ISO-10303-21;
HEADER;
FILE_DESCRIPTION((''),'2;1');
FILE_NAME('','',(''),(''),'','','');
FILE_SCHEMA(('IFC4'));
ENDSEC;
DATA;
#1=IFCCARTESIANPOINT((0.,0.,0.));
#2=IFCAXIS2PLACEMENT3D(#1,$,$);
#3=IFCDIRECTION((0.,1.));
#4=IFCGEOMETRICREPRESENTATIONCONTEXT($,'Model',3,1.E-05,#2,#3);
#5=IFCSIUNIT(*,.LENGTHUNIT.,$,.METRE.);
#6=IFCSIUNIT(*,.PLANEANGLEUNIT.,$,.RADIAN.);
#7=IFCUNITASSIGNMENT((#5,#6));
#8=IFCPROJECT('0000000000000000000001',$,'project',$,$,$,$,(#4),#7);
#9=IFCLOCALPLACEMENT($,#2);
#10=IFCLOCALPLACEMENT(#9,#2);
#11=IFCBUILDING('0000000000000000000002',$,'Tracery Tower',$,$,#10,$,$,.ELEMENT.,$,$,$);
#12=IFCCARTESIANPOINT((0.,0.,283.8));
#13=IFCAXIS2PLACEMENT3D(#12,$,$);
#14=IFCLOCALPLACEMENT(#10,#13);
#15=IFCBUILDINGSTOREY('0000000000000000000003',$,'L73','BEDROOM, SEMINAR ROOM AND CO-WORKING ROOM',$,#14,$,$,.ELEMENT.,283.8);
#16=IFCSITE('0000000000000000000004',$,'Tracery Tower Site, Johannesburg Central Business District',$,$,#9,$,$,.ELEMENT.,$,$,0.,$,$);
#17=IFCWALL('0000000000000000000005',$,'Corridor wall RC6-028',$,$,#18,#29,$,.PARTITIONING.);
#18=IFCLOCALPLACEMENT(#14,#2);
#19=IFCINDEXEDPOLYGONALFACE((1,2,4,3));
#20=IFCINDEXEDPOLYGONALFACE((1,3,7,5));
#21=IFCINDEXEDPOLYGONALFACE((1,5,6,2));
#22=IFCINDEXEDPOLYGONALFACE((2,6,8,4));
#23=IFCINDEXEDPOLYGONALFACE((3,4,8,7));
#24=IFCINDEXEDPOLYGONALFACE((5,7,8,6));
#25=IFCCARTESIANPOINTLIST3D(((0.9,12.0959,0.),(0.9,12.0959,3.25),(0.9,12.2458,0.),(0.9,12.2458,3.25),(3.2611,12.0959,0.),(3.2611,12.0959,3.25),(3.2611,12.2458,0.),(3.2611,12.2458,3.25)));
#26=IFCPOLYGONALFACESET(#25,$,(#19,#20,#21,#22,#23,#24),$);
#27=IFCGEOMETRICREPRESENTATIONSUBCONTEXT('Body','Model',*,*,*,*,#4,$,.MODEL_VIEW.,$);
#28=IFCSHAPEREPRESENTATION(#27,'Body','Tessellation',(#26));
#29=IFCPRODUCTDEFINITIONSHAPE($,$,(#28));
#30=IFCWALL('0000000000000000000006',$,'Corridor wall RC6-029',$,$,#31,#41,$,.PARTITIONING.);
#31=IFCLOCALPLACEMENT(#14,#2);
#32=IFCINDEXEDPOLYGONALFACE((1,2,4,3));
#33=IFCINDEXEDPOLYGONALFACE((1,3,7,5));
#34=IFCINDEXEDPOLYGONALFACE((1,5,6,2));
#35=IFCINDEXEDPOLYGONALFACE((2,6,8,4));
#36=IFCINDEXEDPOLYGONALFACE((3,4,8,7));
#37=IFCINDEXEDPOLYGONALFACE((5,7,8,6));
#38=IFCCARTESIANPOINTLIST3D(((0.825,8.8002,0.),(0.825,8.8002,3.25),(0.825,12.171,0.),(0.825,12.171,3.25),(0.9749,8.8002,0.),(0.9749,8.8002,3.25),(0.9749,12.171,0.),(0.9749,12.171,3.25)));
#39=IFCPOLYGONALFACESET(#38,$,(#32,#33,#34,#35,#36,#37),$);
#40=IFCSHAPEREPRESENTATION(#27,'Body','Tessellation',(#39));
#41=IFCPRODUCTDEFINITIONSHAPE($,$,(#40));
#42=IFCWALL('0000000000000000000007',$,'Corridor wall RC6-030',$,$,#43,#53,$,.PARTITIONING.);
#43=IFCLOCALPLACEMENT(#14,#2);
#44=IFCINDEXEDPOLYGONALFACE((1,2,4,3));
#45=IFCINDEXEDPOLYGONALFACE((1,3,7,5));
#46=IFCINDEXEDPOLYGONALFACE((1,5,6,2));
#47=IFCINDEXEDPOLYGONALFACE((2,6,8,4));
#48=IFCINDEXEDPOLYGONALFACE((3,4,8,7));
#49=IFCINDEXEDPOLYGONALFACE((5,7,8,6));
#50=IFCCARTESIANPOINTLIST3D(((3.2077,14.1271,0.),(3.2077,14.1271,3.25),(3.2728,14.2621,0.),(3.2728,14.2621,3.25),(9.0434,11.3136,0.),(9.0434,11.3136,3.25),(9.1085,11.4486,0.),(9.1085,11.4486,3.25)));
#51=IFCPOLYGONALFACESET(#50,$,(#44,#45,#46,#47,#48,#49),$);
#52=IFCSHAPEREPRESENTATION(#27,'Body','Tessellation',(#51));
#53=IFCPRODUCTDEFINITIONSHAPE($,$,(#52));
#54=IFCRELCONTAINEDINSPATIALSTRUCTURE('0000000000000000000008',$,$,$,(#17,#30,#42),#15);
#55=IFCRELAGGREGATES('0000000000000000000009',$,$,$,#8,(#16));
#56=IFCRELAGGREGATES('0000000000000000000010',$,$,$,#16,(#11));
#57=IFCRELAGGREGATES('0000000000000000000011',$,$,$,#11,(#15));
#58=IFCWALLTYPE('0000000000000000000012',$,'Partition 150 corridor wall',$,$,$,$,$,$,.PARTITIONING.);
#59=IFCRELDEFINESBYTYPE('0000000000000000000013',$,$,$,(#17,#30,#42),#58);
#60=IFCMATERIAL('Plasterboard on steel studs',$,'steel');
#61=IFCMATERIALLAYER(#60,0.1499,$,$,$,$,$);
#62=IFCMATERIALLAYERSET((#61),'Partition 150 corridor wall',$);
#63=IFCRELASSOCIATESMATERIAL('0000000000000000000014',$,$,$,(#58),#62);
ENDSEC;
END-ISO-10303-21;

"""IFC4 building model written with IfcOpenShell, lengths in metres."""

from ifc_helpers import new_model, si_unit, direction, frame, frame_2d, origin, place, context, subcontext, project, spatial, rectangle, extrude, material, layer, layer_set, type_object, element, save


model = new_model("IFC4")

# Units and contexts
model_context = context("Model", 3, precision=1e-05, world=origin(), true_north=direction((0.0, 1.0)))
body_context = subcontext(model_context, "Body", "Model", "MODEL_VIEW")
ifc_project = project(units=[si_unit("LENGTHUNIT", "METRE"), si_unit("PLANEANGLEUNIT", "RADIAN")], contexts=[model_context])

# Site, building, storey
site_placement = place(None, origin())
site = spatial("IfcSite", under=ifc_project, at=site_placement, Name="Tracery Tower Site, Johannesburg Central Business District", CompositionType="ELEMENT", RefElevation=0.0)
building_placement = place(site_placement, origin())
building = spatial("IfcBuilding", under=site, at=building_placement, Name="Tracery Tower", CompositionType="ELEMENT")
storey_placement = place(building_placement, frame((0.0, 0.0, 283.8)))
storey = spatial("IfcBuildingStorey", under=building, at=storey_placement, Name="L73", Description="BEDROOM, SEMINAR ROOM AND CO-WORKING ROOM", CompositionType="ELEMENT", Elevation=283.8)

# Shared definitions
ifc_material_1 = material(Name="Plasterboard on steel studs", Category="steel")
ifc_layer_1 = layer(ifc_material_1, 0.1499)
ifc_layer_set_1 = layer_set([ifc_layer_1], Name="Partition 150 corridor wall")
wall_type_1 = type_object("IfcWallType", Name="Partition 150 corridor wall", PredefinedType="PARTITIONING", material=ifc_layer_set_1)

# Walls
wall_1_placement = place(storey_placement, frame((0.8999, 12.1709, 0.0), z_axis=(0.0, 0.0, 1.0), x_axis=(1.0, 0.0, 0.0)))
element("IfcWall", 1, at=wall_1_placement, inside=storey, type_object=wall_type_1, Name="Corridor wall RC6-028", PredefinedType="PARTITIONING", context=body_context, shape_type="SweptSolid", body=[
    extrude(rectangle(XDim=2.3611, YDim=0.1499, at=frame_2d((1.1807, 0.0))), origin(), (0.0, 0.0, 1.0), 3.25),
])
wall_2_placement = place(storey_placement, frame((0.8999, 8.8, 0.0), z_axis=(0.0, 0.0, 1.0), x_axis=(0.0, 1.0, 0.0)))
element("IfcWall", 2, at=wall_2_placement, inside=storey, type_object=wall_type_1, Name="Corridor wall RC6-029", PredefinedType="PARTITIONING", context=body_context, shape_type="SweptSolid", body=[
    extrude(rectangle(XDim=3.3708, YDim=0.1499, at=frame_2d((1.6855, 0.0))), origin(), (0.0, 0.0, 1.0), 3.25),
])
wall_3_placement = place(storey_placement, frame((3.2402, 14.1946, 0.0), z_axis=(0.0, 0.0, 1.0), x_axis=(0.900778, -0.434279, 0.0)))
element("IfcWall", 3, at=wall_3_placement, inside=storey, type_object=wall_type_1, Name="Corridor wall RC6-030", PredefinedType="PARTITIONING", context=body_context, shape_type="SweptSolid", body=[
    extrude(rectangle(XDim=6.4785, YDim=0.1499, at=frame_2d((3.2393, 0.0))), origin(), (0.0, 0.0, 1.0), 3.25),
])

save(model, "model.ifc")
